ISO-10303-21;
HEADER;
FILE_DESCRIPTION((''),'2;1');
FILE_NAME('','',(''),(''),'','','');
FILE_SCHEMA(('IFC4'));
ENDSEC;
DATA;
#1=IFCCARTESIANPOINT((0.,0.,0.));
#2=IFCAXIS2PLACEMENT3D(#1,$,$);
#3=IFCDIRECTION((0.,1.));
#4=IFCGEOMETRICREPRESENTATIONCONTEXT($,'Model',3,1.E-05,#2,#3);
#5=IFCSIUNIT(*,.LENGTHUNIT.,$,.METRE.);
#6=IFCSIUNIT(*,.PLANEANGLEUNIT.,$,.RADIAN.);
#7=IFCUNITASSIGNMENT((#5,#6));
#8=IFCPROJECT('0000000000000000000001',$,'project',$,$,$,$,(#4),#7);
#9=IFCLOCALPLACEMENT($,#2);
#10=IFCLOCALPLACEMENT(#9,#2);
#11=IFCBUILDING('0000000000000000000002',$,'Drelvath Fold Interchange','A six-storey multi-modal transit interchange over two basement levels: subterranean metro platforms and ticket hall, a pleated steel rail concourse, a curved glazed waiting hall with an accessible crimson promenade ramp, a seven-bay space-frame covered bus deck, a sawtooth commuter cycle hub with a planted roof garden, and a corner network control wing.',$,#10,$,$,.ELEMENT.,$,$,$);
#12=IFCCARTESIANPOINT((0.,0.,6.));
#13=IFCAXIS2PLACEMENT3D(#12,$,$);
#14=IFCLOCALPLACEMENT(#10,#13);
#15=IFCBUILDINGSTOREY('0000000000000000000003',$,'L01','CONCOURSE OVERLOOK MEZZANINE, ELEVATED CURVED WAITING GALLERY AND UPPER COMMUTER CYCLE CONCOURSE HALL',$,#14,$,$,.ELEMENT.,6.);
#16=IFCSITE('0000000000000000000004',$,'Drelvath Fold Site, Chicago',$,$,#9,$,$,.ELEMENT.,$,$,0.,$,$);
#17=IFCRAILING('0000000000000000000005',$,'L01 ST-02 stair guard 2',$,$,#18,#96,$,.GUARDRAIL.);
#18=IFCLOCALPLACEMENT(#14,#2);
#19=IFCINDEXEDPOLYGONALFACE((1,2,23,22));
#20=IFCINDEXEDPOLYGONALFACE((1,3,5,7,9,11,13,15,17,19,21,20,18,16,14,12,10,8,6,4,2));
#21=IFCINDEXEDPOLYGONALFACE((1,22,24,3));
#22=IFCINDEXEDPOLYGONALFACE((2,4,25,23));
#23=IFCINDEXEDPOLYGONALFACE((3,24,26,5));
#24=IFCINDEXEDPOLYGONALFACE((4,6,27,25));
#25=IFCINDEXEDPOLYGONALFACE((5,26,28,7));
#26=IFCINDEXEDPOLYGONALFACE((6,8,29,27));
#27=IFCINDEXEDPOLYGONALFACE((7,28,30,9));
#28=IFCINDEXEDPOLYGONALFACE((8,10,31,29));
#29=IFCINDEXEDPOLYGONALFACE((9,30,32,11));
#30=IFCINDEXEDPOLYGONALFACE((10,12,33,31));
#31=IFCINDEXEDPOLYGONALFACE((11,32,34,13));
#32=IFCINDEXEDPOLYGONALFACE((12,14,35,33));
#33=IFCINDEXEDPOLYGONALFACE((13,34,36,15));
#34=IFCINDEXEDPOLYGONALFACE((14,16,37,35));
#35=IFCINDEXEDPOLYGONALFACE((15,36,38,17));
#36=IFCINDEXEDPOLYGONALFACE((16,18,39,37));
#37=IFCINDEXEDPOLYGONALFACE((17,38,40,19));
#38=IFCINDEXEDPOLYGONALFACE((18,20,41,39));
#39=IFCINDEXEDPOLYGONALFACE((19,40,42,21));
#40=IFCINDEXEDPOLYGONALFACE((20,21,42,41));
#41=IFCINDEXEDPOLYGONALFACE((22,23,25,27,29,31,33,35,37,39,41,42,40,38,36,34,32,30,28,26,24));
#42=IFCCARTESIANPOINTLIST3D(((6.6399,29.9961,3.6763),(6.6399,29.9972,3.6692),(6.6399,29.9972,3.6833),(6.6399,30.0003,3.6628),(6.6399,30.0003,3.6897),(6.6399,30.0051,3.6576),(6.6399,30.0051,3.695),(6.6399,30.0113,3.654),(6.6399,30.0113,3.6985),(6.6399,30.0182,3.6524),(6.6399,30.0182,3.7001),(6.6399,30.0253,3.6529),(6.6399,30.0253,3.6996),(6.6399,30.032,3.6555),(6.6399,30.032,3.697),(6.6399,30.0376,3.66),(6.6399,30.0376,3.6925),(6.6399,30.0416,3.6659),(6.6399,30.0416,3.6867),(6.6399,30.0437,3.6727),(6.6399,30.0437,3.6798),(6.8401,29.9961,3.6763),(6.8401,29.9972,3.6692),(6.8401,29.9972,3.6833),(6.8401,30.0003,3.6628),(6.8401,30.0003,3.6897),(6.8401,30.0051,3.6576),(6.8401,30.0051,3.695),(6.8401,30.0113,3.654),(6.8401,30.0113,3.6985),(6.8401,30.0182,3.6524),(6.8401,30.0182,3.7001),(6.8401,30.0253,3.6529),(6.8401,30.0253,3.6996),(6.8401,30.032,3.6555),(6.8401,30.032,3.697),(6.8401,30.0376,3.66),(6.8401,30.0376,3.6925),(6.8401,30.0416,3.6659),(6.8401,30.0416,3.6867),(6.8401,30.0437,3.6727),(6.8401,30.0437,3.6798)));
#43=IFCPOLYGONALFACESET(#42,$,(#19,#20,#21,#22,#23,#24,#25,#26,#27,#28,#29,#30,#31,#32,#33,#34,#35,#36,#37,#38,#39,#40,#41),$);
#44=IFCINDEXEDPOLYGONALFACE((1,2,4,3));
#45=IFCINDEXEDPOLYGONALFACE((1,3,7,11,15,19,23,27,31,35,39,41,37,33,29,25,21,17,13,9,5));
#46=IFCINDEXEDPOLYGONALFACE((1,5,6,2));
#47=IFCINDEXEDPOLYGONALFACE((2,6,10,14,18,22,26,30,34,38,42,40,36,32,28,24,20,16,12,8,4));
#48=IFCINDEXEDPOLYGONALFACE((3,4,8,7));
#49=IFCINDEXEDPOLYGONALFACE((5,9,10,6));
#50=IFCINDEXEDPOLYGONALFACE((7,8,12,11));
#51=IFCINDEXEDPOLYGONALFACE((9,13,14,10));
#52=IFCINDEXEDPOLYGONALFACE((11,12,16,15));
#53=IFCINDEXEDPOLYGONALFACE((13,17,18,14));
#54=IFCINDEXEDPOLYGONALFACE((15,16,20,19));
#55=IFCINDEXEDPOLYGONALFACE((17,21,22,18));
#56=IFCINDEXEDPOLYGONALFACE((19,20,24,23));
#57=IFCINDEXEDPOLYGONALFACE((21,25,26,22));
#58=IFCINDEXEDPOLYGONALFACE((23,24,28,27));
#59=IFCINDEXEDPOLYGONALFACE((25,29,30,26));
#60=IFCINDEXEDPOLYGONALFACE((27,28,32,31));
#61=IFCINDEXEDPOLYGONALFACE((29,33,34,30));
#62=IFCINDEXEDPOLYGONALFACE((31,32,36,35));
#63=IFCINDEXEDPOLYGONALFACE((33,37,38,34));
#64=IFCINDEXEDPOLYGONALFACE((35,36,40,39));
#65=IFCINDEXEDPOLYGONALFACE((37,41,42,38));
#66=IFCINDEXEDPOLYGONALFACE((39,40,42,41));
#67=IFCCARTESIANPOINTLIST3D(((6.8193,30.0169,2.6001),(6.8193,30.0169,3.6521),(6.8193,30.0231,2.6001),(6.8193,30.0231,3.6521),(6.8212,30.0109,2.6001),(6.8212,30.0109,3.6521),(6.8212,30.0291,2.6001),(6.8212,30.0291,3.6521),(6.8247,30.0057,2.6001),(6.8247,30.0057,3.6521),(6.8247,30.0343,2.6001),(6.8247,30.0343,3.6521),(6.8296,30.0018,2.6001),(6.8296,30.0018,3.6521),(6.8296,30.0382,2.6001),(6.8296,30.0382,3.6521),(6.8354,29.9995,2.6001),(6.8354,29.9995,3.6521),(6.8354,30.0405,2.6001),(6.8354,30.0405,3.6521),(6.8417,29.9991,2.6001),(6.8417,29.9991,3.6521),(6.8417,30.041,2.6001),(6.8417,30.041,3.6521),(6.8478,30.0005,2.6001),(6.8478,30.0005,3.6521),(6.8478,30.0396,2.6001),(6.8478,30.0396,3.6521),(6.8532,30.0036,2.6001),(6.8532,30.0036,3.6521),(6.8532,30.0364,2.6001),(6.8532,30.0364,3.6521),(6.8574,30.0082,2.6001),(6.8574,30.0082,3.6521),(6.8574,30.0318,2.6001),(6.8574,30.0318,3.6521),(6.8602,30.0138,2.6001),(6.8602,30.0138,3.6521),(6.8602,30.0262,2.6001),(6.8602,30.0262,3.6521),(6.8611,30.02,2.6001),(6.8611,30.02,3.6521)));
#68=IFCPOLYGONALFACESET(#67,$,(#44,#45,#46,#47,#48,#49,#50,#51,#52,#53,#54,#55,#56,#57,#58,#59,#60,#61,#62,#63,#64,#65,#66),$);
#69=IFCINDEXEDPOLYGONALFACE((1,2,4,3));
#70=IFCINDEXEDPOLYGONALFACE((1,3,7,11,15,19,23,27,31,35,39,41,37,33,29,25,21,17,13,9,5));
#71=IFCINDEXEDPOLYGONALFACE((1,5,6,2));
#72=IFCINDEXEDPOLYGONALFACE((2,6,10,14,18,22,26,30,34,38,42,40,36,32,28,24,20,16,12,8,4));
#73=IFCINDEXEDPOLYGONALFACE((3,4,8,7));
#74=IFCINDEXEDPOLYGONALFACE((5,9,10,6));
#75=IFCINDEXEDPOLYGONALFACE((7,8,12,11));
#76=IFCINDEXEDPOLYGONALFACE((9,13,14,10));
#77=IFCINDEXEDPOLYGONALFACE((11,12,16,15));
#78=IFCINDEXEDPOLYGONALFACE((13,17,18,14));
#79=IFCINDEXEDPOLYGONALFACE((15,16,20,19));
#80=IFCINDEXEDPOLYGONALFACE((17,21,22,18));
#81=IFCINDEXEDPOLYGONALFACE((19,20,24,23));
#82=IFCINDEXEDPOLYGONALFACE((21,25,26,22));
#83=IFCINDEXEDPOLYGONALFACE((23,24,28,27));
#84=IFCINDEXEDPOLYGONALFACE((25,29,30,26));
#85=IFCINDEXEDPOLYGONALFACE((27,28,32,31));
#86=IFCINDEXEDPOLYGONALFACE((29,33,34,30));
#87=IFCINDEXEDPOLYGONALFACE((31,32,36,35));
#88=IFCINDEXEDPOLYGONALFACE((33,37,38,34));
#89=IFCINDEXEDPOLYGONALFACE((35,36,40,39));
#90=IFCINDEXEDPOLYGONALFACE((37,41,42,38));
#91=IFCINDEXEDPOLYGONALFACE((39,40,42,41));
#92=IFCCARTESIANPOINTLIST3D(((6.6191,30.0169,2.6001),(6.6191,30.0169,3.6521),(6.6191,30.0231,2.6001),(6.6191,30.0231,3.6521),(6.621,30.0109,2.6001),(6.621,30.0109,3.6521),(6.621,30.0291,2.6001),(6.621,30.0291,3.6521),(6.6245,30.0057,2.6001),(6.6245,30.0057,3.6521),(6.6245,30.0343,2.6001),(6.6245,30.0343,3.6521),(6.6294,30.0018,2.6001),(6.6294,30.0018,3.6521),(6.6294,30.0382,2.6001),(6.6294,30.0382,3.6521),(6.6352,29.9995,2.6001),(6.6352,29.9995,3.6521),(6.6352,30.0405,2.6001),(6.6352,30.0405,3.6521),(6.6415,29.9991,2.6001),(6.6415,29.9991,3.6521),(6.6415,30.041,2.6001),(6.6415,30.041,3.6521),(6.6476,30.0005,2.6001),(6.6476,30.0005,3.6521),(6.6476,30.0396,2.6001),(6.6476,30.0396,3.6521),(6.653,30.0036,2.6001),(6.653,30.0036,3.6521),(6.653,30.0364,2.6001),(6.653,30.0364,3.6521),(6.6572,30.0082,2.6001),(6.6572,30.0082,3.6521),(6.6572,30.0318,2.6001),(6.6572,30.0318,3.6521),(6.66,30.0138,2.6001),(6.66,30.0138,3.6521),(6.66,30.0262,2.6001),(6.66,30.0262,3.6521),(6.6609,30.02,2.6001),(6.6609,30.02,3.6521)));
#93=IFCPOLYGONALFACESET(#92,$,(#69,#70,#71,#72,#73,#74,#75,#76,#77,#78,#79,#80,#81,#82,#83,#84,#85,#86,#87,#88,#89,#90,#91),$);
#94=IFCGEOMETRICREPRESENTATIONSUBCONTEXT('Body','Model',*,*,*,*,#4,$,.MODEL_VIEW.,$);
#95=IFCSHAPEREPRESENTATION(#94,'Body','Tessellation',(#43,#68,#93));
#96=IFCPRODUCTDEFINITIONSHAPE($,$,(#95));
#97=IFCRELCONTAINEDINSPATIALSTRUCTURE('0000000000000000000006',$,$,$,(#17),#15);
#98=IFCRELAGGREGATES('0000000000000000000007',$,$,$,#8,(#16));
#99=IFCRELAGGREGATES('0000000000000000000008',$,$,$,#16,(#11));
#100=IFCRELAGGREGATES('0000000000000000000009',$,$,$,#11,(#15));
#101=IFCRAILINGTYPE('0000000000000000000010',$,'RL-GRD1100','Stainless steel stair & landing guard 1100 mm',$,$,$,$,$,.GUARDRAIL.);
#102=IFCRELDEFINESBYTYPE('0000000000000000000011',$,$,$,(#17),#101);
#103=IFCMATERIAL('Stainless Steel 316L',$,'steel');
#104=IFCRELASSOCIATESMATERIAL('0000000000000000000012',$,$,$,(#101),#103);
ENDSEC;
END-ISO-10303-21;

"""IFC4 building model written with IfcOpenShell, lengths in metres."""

from ifc_helpers import new_model, si_unit, direction, frame, origin, origin_2d, place, context, subcontext, project, spatial, circle, extrude, material, type_object, element, save


model = new_model("IFC4")

# Units and contexts
model_context = context("Model", 3, precision=1e-05, world=origin(), true_north=direction((0.0, 1.0)))
body_context = subcontext(model_context, "Body", "Model", "MODEL_VIEW")
ifc_project = project(units=[si_unit("LENGTHUNIT", "METRE"), si_unit("PLANEANGLEUNIT", "RADIAN")], contexts=[model_context])

# Site, building, storey
site_placement = place(None, origin())
site = spatial("IfcSite", under=ifc_project, at=site_placement, Name="Drelvath Fold Site, Chicago", CompositionType="ELEMENT", RefElevation=0.0)
building_placement = place(site_placement, origin())
building = spatial("IfcBuilding", under=site, at=building_placement, Name="Drelvath Fold Interchange", Description="A six-storey multi-modal transit interchange over two basement levels: subterranean metro platforms and ticket hall, a pleated steel rail concourse, a curved glazed waiting hall with an accessible crimson promenade ramp, a seven-bay space-frame covered bus deck, a sawtooth commuter cycle hub with a planted roof garden, and a corner network control wing.", CompositionType="ELEMENT")
storey_placement = place(building_placement, frame((0.0, 0.0, 6.0)))
storey = spatial("IfcBuildingStorey", under=building, at=storey_placement, Name="L01", Description="CONCOURSE OVERLOOK MEZZANINE, ELEVATED CURVED WAITING GALLERY AND UPPER COMMUTER CYCLE CONCOURSE HALL", CompositionType="ELEMENT", Elevation=6.0)

# Railing
ifc_material_1 = material(Name="Stainless Steel 316L", Category="steel")
railing_type_1 = type_object("IfcRailingType", Name="RL-GRD1100", Description="Stainless steel stair & landing guard 1100 mm", PredefinedType="GUARDRAIL", material=ifc_material_1)
railing_1_placement = place(storey_placement, frame((6.8401, 30.02, 2.6001)))
element("IfcRailing", 1, at=railing_1_placement, inside=storey, type_object=railing_type_1, Name="L01 ST-02 stair guard 2", PredefinedType="GUARDRAIL", context=body_context, shape_type="SweptSolid", body=[
    extrude(circle(Radius=0.0239, at=origin_2d()), frame((0.0, 0.0, 1.0762), z_axis=(-1.0, 0.0, 0.0), x_axis=(0.0, -1.0, 0.0)), (0.0, 0.0, 1.0), 0.2002),
    extrude(circle(Radius=0.021, at=origin_2d()), origin(), (0.0, 0.0, 1.0), 1.052),
    extrude(circle(Radius=0.021, at=origin_2d()), frame((-0.2002, 0.0, 0.0)), (0.0, 0.0, 1.0), 1.052),
])

save(model, "model.ifc")
